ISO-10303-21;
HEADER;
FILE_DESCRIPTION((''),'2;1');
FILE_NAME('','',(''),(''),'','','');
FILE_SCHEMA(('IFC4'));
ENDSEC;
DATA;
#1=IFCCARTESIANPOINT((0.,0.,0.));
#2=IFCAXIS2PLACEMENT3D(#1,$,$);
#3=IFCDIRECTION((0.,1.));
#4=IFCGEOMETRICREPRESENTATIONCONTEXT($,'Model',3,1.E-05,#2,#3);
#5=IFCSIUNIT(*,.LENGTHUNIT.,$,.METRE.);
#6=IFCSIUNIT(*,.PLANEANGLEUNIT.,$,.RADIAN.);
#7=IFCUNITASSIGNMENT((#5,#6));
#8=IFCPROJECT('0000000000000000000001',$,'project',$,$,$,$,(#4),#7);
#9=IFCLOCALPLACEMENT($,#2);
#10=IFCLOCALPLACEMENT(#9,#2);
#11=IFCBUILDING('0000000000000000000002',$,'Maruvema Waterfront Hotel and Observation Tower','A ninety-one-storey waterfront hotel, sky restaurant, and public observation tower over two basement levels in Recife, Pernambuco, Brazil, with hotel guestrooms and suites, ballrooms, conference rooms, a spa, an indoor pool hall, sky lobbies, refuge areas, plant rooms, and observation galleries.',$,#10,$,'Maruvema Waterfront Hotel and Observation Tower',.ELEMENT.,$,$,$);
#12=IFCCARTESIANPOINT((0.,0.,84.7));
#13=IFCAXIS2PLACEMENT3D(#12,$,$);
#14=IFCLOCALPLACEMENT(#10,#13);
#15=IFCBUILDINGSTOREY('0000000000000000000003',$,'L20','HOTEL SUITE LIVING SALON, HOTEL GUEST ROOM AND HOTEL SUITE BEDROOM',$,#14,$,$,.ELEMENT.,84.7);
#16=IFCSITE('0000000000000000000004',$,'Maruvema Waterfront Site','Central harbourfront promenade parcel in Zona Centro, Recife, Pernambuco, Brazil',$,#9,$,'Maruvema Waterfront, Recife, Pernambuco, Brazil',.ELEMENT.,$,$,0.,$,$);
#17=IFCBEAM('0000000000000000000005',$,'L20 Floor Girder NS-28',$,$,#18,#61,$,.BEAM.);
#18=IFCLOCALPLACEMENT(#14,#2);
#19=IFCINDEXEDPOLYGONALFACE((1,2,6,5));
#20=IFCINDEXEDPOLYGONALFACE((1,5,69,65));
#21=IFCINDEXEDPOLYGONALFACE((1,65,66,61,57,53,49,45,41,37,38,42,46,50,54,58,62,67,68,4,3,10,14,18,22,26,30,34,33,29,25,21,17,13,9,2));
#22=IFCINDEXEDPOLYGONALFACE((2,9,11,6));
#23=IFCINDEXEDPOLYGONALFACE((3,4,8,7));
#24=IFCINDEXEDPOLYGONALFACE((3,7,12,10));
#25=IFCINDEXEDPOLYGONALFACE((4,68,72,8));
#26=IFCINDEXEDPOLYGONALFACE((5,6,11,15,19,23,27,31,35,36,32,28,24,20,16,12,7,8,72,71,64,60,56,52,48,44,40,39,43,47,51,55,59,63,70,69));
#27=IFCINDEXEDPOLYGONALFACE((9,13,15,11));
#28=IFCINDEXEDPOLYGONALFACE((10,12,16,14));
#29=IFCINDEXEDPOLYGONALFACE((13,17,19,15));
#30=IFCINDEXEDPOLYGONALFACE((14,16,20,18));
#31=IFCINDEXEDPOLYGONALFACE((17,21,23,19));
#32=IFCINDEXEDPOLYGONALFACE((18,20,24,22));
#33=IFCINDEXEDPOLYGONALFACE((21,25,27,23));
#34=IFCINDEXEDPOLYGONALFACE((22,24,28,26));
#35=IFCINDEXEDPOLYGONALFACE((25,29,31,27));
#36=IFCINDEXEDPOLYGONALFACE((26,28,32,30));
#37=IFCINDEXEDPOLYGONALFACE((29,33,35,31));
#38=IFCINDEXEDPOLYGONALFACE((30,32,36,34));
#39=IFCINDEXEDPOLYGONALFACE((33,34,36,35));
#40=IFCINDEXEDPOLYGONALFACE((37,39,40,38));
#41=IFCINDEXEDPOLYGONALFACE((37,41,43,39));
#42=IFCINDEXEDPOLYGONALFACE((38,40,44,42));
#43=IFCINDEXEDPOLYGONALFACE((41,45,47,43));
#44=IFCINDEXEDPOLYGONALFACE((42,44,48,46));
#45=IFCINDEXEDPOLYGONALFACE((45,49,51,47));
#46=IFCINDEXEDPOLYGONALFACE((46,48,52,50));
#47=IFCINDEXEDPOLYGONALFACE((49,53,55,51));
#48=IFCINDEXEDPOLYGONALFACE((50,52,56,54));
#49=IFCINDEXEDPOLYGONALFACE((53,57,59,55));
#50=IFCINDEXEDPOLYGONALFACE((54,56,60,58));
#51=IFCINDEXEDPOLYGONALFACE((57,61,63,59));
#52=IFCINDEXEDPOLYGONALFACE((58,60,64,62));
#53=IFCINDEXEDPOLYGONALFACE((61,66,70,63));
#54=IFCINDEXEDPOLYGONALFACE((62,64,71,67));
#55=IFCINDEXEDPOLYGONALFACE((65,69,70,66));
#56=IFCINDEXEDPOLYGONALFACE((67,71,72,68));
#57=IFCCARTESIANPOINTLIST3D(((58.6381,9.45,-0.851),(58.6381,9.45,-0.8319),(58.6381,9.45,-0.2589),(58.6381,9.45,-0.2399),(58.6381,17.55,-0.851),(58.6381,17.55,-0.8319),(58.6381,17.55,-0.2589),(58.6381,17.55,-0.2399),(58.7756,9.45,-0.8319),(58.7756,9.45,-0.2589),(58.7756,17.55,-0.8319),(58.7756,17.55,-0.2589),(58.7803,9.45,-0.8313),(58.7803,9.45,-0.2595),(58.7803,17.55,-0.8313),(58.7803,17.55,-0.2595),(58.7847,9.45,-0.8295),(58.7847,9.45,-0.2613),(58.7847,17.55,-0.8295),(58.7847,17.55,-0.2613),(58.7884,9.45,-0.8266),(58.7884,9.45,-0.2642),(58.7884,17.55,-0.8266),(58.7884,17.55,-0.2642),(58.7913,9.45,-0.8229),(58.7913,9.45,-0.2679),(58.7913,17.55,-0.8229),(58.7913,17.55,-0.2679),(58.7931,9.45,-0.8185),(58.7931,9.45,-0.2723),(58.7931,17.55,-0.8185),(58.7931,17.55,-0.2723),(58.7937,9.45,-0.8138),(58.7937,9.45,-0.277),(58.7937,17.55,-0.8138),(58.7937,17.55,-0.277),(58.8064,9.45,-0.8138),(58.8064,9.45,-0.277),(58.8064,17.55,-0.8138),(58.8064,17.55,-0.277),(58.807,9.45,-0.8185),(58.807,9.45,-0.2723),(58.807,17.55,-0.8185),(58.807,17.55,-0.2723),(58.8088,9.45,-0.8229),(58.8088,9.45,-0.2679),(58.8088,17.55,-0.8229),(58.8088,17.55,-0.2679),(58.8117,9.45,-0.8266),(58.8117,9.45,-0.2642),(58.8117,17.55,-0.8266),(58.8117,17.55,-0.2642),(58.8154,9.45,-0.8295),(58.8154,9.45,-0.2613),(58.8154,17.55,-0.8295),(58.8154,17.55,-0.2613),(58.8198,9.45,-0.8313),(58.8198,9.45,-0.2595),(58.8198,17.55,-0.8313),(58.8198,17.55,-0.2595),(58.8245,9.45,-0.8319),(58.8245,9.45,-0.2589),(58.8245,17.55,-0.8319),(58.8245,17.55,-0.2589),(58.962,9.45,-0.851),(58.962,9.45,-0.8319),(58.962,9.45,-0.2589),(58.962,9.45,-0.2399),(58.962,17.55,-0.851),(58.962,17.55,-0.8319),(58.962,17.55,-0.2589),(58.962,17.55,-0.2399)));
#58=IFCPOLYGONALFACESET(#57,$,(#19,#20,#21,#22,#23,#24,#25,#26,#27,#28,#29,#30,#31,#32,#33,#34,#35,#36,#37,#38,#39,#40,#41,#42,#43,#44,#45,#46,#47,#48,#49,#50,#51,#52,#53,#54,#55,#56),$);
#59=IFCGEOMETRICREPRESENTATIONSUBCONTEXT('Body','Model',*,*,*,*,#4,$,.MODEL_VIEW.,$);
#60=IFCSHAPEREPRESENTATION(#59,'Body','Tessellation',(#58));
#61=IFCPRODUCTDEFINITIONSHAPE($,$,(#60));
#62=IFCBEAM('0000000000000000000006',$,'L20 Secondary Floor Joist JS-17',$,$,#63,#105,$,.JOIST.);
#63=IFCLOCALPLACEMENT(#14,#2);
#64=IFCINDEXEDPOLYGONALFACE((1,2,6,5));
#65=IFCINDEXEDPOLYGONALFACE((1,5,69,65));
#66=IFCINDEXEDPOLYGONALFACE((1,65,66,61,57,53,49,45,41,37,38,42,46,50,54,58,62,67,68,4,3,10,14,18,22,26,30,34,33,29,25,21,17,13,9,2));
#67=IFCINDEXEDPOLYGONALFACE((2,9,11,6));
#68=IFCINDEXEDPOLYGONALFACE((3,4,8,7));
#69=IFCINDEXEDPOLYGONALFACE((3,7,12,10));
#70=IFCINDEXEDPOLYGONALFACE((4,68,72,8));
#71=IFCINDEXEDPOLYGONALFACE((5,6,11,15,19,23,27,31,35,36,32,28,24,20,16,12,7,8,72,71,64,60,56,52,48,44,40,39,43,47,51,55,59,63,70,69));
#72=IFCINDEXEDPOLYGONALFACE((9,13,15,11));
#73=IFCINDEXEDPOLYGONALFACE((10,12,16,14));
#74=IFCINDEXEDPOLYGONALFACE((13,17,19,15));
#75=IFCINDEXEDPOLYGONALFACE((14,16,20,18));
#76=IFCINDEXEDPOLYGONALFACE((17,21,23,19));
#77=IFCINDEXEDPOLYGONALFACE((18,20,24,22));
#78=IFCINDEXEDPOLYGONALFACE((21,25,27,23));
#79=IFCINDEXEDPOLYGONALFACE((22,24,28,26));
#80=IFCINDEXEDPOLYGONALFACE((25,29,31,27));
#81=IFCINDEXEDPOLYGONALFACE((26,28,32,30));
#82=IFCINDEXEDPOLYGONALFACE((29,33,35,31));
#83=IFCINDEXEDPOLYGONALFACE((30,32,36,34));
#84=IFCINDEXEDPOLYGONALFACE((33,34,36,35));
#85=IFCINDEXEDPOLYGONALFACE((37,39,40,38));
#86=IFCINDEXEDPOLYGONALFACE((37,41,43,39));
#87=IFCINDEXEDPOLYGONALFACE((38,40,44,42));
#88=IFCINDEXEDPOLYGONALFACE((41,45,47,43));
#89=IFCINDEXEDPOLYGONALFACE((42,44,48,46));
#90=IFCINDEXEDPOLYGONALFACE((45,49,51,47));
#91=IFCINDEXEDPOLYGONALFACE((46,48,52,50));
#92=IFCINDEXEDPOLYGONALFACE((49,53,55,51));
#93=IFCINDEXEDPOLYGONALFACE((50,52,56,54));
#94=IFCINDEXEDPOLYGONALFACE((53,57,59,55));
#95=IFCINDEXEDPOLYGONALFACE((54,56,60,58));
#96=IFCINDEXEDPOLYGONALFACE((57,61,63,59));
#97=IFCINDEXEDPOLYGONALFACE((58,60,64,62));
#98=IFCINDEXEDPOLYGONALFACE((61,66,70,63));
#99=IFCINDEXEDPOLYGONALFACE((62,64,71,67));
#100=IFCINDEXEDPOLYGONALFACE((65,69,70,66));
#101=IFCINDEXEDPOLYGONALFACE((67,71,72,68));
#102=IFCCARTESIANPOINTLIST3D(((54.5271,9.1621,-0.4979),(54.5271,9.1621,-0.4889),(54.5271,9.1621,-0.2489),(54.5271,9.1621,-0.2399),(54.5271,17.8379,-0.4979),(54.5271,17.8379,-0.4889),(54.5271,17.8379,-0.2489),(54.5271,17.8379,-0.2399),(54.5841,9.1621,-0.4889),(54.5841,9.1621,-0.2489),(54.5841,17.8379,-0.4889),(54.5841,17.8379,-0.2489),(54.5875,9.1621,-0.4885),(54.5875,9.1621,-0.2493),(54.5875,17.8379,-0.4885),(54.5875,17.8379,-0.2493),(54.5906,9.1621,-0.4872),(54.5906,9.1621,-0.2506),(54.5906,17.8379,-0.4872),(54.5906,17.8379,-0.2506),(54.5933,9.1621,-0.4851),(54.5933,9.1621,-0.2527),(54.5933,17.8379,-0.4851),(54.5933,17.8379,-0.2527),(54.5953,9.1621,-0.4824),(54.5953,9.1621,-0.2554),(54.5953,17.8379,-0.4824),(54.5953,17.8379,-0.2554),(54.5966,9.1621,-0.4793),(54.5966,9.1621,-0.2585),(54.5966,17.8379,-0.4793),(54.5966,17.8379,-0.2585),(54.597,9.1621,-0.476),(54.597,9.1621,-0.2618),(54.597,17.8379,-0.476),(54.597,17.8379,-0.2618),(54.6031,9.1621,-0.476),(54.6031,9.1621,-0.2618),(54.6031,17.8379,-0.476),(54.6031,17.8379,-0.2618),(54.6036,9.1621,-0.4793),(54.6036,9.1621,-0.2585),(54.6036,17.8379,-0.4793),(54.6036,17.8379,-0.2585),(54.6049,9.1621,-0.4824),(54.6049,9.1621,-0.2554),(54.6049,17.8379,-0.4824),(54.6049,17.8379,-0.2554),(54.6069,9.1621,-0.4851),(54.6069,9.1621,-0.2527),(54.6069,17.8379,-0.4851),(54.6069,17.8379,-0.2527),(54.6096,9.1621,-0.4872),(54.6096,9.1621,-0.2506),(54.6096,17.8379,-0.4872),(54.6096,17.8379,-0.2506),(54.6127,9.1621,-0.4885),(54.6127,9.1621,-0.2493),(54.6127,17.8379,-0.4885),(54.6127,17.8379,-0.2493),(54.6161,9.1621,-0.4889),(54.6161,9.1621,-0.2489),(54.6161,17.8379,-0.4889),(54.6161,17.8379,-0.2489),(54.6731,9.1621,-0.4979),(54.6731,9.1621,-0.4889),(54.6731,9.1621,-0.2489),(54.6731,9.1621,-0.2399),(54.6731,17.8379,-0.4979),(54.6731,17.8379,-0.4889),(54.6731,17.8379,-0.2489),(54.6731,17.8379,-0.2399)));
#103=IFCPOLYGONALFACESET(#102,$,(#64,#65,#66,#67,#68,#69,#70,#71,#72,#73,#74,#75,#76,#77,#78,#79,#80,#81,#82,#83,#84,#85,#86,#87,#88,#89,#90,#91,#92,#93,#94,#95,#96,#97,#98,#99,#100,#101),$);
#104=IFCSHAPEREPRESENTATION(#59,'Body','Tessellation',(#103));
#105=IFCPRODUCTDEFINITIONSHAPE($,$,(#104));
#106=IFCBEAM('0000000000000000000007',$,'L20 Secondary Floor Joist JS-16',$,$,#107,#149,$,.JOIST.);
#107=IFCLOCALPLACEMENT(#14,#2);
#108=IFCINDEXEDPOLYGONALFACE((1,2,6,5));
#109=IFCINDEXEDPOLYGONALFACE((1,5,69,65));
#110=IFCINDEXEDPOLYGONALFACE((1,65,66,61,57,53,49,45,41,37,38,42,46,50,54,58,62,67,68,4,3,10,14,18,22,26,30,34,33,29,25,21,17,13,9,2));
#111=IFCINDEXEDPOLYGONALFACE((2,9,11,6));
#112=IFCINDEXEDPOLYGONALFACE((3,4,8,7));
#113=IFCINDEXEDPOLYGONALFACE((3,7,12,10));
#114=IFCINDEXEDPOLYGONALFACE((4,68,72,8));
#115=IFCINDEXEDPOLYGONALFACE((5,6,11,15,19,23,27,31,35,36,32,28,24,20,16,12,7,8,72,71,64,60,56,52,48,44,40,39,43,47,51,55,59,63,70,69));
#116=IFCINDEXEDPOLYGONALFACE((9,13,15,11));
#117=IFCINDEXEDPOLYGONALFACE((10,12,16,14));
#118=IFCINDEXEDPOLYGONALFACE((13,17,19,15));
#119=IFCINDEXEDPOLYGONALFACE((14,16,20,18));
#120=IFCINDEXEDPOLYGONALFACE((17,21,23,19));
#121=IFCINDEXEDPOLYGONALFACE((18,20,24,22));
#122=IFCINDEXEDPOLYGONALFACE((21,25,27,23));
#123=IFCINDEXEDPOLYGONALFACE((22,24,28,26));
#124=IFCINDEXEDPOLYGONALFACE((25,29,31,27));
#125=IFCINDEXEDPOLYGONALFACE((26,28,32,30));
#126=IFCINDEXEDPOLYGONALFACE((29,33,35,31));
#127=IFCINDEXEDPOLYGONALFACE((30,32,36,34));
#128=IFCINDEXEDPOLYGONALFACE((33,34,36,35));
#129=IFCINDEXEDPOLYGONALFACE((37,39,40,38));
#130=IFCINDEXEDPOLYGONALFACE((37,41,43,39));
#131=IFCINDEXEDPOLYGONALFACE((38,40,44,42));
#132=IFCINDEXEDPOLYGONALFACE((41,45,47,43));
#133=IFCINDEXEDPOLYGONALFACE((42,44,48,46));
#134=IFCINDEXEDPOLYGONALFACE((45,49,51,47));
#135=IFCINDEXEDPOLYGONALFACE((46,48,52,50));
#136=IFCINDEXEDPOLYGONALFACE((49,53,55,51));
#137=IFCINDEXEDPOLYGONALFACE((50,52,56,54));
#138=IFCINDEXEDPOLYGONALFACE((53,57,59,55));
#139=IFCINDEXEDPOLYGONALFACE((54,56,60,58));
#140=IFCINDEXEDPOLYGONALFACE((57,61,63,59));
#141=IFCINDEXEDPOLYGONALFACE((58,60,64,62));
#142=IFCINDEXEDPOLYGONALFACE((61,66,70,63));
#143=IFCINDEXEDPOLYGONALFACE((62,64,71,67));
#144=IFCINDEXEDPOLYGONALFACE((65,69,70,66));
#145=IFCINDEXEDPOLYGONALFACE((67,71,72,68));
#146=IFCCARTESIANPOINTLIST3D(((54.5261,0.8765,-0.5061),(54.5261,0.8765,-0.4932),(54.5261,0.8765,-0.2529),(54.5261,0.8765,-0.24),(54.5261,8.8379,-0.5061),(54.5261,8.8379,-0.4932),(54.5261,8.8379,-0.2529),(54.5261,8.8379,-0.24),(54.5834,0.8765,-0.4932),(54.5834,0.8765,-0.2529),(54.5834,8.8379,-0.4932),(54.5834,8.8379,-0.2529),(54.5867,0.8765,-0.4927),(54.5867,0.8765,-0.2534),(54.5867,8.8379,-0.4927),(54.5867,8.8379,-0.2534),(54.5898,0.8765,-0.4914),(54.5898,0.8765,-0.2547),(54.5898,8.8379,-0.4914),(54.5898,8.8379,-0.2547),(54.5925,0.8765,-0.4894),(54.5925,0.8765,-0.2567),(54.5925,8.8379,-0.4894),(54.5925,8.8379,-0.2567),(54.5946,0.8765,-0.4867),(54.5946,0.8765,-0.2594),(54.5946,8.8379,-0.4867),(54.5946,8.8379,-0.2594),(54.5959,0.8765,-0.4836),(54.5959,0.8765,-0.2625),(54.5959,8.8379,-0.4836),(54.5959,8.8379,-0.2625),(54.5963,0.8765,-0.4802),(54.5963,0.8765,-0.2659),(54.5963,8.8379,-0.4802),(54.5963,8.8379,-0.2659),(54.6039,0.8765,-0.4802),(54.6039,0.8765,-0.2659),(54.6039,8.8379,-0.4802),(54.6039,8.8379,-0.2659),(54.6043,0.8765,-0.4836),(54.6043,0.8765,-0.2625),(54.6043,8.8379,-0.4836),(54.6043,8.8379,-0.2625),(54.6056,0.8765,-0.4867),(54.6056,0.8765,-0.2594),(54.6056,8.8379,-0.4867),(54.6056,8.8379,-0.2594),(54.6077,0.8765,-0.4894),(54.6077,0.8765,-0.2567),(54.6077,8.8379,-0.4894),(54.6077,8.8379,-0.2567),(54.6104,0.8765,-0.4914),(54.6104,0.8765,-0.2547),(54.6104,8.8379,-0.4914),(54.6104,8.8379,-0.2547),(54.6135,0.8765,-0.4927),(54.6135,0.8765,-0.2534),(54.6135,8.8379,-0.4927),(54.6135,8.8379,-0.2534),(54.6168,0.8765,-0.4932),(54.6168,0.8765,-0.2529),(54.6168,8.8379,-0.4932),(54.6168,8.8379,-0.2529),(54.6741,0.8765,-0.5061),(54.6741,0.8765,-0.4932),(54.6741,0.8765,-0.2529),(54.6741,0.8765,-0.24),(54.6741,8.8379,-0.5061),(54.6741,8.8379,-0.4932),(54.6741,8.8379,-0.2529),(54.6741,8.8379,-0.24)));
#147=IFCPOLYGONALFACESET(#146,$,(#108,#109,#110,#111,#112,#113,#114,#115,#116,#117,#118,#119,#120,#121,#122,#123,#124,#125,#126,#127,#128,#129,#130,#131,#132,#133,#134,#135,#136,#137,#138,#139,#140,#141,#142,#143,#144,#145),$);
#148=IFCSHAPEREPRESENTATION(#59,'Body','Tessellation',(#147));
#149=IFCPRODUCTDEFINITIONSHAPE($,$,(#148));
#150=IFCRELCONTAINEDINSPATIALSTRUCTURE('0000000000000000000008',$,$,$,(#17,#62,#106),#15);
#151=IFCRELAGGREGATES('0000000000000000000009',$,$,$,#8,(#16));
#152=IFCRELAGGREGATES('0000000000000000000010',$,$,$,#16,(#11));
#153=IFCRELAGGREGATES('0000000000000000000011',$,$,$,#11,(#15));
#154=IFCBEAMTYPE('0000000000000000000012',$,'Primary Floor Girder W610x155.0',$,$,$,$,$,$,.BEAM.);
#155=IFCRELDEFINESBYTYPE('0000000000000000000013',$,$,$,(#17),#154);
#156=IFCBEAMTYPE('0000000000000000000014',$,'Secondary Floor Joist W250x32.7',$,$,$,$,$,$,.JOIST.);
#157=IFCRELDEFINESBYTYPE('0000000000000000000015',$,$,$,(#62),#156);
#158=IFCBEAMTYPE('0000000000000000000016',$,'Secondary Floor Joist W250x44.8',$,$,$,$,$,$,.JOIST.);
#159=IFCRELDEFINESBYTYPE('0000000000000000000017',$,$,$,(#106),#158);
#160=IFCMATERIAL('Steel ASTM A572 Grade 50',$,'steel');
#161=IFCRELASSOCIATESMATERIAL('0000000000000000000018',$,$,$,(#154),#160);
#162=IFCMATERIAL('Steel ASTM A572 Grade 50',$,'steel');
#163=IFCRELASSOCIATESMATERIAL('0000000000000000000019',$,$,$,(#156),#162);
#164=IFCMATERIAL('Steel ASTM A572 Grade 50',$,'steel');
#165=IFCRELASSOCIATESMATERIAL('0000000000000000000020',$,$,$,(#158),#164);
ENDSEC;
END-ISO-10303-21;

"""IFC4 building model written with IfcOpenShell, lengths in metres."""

from ifc_helpers import new_model, si_unit, direction, frame, origin, origin_2d, place, context, subcontext, project, spatial, i_section, extrude, material, material_profile, profile_set, type_object, element, save


model = new_model("IFC4")

# Units and contexts
model_context = context("Model", 3, precision=1e-05, world=origin(), true_north=direction((0.0, 1.0)))
body_context = subcontext(model_context, "Body", "Model", "MODEL_VIEW")
ifc_project = project(units=[si_unit("LENGTHUNIT", "METRE"), si_unit("PLANEANGLEUNIT", "RADIAN")], contexts=[model_context])

# Site, building, storey
site_placement = place(None, origin())
site = spatial("IfcSite", under=ifc_project, at=site_placement, Name="Maruvema Waterfront Site", Description="Central harbourfront promenade parcel in Zona Centro, Recife, Pernambuco, Brazil", LongName="Maruvema Waterfront, Recife, Pernambuco, Brazil", CompositionType="ELEMENT", RefElevation=0.0)
building_placement = place(site_placement, origin())
building = spatial("IfcBuilding", under=site, at=building_placement, Name="Maruvema Waterfront Hotel and Observation Tower", Description="A ninety-one-storey waterfront hotel, sky restaurant, and public observation tower over two basement levels in Recife, Pernambuco, Brazil, with hotel guestrooms and suites, ballrooms, conference rooms, a spa, an indoor pool hall, sky lobbies, refuge areas, plant rooms, and observation galleries.", LongName="Maruvema Waterfront Hotel and Observation Tower", CompositionType="ELEMENT")
storey_placement = place(building_placement, frame((0.0, 0.0, 84.7)))
storey = spatial("IfcBuildingStorey", under=building, at=storey_placement, Name="L20", Description="HOTEL SUITE LIVING SALON, HOTEL GUEST ROOM AND HOTEL SUITE BEDROOM", CompositionType="ELEMENT", Elevation=84.7)

# Beams
ifc_material_1 = material(Name="Steel ASTM A572 Grade 50", Category="steel")
ifc_material_profile_1 = material_profile(ifc_material_1, i_section(OverallWidth=0.324, OverallDepth=0.6111, WebThickness=0.0127, FlangeThickness=0.019, FilletRadius=0.0181, at=origin_2d()), Name="W610x155.0")
ifc_profile_set_1 = profile_set([ifc_material_profile_1], Name="Steel ASTM A572 Grade 50")
beam_type_1 = type_object("IfcBeamType", Name="Primary Floor Girder W610x155.0", PredefinedType="BEAM", material=ifc_profile_set_1)
beam_1_placement = place(storey_placement, frame((58.8, 9.45, -0.5454), z_axis=(0.0, 1.0, 0.0), x_axis=(-1.0, 0.0, 0.0)))
element("IfcBeam", 1, at=beam_1_placement, inside=storey, type_object=beam_type_1, Name="L20 Floor Girder NS-28", PredefinedType="BEAM", context=body_context, shape_type="SweptSolid", body=[
    extrude(i_section(OverallWidth=0.324, OverallDepth=0.6111, WebThickness=0.0127, FlangeThickness=0.019, FilletRadius=0.0181, at=origin_2d()), origin(), (0.0, 0.0, 1.0), 8.1001),
])
ifc_material_2 = material(Name="Steel ASTM A572 Grade 50", Category="steel")
ifc_material_profile_2 = material_profile(ifc_material_2, i_section(OverallWidth=0.146, OverallDepth=0.2581, WebThickness=0.0061, FlangeThickness=0.009, FilletRadius=0.0129, at=origin_2d()), Name="W250x32.7")
ifc_profile_set_2 = profile_set([ifc_material_profile_2], Name="Steel ASTM A572 Grade 50")
beam_type_2 = type_object("IfcBeamType", Name="Secondary Floor Joist W250x32.7", PredefinedType="JOIST", material=ifc_profile_set_2)
beam_2_placement = place(storey_placement, frame((54.6001, 9.1621, -0.3689), z_axis=(0.0, 1.0, 0.0), x_axis=(-1.0, 0.0, 0.0)))
element("IfcBeam", 2, at=beam_2_placement, inside=storey, type_object=beam_type_2, Name="L20 Secondary Floor Joist JS-17", PredefinedType="JOIST", context=body_context, shape_type="SweptSolid", body=[
    extrude(i_section(OverallWidth=0.146, OverallDepth=0.2581, WebThickness=0.0061, FlangeThickness=0.009, FilletRadius=0.0129, at=origin_2d()), origin(), (0.0, 0.0, 1.0), 8.6758),
])
ifc_material_3 = material(Name="Steel ASTM A572 Grade 50", Category="steel")
ifc_material_profile_3 = material_profile(ifc_material_3, i_section(OverallWidth=0.1479, OverallDepth=0.2661, WebThickness=0.0076, FlangeThickness=0.0129, FilletRadius=0.0129, at=origin_2d()), Name="W250x44.8")
ifc_profile_set_3 = profile_set([ifc_material_profile_3], Name="Steel ASTM A572 Grade 50")
beam_type_3 = type_object("IfcBeamType", Name="Secondary Floor Joist W250x44.8", PredefinedType="JOIST", material=ifc_profile_set_3)
beam_3_placement = place(storey_placement, frame((54.6001, 0.8765, -0.373), z_axis=(0.0, 1.0, 0.0), x_axis=(-1.0, 0.0, 0.0)))
element("IfcBeam", 3, at=beam_3_placement, inside=storey, type_object=beam_type_3, Name="L20 Secondary Floor Joist JS-16", PredefinedType="JOIST", context=body_context, shape_type="SweptSolid", body=[
    extrude(i_section(OverallWidth=0.1479, OverallDepth=0.2661, WebThickness=0.0076, FlangeThickness=0.0129, FilletRadius=0.0129, at=origin_2d()), origin(), (0.0, 0.0, 1.0), 7.9614),
])

save(model, "model.ifc")
